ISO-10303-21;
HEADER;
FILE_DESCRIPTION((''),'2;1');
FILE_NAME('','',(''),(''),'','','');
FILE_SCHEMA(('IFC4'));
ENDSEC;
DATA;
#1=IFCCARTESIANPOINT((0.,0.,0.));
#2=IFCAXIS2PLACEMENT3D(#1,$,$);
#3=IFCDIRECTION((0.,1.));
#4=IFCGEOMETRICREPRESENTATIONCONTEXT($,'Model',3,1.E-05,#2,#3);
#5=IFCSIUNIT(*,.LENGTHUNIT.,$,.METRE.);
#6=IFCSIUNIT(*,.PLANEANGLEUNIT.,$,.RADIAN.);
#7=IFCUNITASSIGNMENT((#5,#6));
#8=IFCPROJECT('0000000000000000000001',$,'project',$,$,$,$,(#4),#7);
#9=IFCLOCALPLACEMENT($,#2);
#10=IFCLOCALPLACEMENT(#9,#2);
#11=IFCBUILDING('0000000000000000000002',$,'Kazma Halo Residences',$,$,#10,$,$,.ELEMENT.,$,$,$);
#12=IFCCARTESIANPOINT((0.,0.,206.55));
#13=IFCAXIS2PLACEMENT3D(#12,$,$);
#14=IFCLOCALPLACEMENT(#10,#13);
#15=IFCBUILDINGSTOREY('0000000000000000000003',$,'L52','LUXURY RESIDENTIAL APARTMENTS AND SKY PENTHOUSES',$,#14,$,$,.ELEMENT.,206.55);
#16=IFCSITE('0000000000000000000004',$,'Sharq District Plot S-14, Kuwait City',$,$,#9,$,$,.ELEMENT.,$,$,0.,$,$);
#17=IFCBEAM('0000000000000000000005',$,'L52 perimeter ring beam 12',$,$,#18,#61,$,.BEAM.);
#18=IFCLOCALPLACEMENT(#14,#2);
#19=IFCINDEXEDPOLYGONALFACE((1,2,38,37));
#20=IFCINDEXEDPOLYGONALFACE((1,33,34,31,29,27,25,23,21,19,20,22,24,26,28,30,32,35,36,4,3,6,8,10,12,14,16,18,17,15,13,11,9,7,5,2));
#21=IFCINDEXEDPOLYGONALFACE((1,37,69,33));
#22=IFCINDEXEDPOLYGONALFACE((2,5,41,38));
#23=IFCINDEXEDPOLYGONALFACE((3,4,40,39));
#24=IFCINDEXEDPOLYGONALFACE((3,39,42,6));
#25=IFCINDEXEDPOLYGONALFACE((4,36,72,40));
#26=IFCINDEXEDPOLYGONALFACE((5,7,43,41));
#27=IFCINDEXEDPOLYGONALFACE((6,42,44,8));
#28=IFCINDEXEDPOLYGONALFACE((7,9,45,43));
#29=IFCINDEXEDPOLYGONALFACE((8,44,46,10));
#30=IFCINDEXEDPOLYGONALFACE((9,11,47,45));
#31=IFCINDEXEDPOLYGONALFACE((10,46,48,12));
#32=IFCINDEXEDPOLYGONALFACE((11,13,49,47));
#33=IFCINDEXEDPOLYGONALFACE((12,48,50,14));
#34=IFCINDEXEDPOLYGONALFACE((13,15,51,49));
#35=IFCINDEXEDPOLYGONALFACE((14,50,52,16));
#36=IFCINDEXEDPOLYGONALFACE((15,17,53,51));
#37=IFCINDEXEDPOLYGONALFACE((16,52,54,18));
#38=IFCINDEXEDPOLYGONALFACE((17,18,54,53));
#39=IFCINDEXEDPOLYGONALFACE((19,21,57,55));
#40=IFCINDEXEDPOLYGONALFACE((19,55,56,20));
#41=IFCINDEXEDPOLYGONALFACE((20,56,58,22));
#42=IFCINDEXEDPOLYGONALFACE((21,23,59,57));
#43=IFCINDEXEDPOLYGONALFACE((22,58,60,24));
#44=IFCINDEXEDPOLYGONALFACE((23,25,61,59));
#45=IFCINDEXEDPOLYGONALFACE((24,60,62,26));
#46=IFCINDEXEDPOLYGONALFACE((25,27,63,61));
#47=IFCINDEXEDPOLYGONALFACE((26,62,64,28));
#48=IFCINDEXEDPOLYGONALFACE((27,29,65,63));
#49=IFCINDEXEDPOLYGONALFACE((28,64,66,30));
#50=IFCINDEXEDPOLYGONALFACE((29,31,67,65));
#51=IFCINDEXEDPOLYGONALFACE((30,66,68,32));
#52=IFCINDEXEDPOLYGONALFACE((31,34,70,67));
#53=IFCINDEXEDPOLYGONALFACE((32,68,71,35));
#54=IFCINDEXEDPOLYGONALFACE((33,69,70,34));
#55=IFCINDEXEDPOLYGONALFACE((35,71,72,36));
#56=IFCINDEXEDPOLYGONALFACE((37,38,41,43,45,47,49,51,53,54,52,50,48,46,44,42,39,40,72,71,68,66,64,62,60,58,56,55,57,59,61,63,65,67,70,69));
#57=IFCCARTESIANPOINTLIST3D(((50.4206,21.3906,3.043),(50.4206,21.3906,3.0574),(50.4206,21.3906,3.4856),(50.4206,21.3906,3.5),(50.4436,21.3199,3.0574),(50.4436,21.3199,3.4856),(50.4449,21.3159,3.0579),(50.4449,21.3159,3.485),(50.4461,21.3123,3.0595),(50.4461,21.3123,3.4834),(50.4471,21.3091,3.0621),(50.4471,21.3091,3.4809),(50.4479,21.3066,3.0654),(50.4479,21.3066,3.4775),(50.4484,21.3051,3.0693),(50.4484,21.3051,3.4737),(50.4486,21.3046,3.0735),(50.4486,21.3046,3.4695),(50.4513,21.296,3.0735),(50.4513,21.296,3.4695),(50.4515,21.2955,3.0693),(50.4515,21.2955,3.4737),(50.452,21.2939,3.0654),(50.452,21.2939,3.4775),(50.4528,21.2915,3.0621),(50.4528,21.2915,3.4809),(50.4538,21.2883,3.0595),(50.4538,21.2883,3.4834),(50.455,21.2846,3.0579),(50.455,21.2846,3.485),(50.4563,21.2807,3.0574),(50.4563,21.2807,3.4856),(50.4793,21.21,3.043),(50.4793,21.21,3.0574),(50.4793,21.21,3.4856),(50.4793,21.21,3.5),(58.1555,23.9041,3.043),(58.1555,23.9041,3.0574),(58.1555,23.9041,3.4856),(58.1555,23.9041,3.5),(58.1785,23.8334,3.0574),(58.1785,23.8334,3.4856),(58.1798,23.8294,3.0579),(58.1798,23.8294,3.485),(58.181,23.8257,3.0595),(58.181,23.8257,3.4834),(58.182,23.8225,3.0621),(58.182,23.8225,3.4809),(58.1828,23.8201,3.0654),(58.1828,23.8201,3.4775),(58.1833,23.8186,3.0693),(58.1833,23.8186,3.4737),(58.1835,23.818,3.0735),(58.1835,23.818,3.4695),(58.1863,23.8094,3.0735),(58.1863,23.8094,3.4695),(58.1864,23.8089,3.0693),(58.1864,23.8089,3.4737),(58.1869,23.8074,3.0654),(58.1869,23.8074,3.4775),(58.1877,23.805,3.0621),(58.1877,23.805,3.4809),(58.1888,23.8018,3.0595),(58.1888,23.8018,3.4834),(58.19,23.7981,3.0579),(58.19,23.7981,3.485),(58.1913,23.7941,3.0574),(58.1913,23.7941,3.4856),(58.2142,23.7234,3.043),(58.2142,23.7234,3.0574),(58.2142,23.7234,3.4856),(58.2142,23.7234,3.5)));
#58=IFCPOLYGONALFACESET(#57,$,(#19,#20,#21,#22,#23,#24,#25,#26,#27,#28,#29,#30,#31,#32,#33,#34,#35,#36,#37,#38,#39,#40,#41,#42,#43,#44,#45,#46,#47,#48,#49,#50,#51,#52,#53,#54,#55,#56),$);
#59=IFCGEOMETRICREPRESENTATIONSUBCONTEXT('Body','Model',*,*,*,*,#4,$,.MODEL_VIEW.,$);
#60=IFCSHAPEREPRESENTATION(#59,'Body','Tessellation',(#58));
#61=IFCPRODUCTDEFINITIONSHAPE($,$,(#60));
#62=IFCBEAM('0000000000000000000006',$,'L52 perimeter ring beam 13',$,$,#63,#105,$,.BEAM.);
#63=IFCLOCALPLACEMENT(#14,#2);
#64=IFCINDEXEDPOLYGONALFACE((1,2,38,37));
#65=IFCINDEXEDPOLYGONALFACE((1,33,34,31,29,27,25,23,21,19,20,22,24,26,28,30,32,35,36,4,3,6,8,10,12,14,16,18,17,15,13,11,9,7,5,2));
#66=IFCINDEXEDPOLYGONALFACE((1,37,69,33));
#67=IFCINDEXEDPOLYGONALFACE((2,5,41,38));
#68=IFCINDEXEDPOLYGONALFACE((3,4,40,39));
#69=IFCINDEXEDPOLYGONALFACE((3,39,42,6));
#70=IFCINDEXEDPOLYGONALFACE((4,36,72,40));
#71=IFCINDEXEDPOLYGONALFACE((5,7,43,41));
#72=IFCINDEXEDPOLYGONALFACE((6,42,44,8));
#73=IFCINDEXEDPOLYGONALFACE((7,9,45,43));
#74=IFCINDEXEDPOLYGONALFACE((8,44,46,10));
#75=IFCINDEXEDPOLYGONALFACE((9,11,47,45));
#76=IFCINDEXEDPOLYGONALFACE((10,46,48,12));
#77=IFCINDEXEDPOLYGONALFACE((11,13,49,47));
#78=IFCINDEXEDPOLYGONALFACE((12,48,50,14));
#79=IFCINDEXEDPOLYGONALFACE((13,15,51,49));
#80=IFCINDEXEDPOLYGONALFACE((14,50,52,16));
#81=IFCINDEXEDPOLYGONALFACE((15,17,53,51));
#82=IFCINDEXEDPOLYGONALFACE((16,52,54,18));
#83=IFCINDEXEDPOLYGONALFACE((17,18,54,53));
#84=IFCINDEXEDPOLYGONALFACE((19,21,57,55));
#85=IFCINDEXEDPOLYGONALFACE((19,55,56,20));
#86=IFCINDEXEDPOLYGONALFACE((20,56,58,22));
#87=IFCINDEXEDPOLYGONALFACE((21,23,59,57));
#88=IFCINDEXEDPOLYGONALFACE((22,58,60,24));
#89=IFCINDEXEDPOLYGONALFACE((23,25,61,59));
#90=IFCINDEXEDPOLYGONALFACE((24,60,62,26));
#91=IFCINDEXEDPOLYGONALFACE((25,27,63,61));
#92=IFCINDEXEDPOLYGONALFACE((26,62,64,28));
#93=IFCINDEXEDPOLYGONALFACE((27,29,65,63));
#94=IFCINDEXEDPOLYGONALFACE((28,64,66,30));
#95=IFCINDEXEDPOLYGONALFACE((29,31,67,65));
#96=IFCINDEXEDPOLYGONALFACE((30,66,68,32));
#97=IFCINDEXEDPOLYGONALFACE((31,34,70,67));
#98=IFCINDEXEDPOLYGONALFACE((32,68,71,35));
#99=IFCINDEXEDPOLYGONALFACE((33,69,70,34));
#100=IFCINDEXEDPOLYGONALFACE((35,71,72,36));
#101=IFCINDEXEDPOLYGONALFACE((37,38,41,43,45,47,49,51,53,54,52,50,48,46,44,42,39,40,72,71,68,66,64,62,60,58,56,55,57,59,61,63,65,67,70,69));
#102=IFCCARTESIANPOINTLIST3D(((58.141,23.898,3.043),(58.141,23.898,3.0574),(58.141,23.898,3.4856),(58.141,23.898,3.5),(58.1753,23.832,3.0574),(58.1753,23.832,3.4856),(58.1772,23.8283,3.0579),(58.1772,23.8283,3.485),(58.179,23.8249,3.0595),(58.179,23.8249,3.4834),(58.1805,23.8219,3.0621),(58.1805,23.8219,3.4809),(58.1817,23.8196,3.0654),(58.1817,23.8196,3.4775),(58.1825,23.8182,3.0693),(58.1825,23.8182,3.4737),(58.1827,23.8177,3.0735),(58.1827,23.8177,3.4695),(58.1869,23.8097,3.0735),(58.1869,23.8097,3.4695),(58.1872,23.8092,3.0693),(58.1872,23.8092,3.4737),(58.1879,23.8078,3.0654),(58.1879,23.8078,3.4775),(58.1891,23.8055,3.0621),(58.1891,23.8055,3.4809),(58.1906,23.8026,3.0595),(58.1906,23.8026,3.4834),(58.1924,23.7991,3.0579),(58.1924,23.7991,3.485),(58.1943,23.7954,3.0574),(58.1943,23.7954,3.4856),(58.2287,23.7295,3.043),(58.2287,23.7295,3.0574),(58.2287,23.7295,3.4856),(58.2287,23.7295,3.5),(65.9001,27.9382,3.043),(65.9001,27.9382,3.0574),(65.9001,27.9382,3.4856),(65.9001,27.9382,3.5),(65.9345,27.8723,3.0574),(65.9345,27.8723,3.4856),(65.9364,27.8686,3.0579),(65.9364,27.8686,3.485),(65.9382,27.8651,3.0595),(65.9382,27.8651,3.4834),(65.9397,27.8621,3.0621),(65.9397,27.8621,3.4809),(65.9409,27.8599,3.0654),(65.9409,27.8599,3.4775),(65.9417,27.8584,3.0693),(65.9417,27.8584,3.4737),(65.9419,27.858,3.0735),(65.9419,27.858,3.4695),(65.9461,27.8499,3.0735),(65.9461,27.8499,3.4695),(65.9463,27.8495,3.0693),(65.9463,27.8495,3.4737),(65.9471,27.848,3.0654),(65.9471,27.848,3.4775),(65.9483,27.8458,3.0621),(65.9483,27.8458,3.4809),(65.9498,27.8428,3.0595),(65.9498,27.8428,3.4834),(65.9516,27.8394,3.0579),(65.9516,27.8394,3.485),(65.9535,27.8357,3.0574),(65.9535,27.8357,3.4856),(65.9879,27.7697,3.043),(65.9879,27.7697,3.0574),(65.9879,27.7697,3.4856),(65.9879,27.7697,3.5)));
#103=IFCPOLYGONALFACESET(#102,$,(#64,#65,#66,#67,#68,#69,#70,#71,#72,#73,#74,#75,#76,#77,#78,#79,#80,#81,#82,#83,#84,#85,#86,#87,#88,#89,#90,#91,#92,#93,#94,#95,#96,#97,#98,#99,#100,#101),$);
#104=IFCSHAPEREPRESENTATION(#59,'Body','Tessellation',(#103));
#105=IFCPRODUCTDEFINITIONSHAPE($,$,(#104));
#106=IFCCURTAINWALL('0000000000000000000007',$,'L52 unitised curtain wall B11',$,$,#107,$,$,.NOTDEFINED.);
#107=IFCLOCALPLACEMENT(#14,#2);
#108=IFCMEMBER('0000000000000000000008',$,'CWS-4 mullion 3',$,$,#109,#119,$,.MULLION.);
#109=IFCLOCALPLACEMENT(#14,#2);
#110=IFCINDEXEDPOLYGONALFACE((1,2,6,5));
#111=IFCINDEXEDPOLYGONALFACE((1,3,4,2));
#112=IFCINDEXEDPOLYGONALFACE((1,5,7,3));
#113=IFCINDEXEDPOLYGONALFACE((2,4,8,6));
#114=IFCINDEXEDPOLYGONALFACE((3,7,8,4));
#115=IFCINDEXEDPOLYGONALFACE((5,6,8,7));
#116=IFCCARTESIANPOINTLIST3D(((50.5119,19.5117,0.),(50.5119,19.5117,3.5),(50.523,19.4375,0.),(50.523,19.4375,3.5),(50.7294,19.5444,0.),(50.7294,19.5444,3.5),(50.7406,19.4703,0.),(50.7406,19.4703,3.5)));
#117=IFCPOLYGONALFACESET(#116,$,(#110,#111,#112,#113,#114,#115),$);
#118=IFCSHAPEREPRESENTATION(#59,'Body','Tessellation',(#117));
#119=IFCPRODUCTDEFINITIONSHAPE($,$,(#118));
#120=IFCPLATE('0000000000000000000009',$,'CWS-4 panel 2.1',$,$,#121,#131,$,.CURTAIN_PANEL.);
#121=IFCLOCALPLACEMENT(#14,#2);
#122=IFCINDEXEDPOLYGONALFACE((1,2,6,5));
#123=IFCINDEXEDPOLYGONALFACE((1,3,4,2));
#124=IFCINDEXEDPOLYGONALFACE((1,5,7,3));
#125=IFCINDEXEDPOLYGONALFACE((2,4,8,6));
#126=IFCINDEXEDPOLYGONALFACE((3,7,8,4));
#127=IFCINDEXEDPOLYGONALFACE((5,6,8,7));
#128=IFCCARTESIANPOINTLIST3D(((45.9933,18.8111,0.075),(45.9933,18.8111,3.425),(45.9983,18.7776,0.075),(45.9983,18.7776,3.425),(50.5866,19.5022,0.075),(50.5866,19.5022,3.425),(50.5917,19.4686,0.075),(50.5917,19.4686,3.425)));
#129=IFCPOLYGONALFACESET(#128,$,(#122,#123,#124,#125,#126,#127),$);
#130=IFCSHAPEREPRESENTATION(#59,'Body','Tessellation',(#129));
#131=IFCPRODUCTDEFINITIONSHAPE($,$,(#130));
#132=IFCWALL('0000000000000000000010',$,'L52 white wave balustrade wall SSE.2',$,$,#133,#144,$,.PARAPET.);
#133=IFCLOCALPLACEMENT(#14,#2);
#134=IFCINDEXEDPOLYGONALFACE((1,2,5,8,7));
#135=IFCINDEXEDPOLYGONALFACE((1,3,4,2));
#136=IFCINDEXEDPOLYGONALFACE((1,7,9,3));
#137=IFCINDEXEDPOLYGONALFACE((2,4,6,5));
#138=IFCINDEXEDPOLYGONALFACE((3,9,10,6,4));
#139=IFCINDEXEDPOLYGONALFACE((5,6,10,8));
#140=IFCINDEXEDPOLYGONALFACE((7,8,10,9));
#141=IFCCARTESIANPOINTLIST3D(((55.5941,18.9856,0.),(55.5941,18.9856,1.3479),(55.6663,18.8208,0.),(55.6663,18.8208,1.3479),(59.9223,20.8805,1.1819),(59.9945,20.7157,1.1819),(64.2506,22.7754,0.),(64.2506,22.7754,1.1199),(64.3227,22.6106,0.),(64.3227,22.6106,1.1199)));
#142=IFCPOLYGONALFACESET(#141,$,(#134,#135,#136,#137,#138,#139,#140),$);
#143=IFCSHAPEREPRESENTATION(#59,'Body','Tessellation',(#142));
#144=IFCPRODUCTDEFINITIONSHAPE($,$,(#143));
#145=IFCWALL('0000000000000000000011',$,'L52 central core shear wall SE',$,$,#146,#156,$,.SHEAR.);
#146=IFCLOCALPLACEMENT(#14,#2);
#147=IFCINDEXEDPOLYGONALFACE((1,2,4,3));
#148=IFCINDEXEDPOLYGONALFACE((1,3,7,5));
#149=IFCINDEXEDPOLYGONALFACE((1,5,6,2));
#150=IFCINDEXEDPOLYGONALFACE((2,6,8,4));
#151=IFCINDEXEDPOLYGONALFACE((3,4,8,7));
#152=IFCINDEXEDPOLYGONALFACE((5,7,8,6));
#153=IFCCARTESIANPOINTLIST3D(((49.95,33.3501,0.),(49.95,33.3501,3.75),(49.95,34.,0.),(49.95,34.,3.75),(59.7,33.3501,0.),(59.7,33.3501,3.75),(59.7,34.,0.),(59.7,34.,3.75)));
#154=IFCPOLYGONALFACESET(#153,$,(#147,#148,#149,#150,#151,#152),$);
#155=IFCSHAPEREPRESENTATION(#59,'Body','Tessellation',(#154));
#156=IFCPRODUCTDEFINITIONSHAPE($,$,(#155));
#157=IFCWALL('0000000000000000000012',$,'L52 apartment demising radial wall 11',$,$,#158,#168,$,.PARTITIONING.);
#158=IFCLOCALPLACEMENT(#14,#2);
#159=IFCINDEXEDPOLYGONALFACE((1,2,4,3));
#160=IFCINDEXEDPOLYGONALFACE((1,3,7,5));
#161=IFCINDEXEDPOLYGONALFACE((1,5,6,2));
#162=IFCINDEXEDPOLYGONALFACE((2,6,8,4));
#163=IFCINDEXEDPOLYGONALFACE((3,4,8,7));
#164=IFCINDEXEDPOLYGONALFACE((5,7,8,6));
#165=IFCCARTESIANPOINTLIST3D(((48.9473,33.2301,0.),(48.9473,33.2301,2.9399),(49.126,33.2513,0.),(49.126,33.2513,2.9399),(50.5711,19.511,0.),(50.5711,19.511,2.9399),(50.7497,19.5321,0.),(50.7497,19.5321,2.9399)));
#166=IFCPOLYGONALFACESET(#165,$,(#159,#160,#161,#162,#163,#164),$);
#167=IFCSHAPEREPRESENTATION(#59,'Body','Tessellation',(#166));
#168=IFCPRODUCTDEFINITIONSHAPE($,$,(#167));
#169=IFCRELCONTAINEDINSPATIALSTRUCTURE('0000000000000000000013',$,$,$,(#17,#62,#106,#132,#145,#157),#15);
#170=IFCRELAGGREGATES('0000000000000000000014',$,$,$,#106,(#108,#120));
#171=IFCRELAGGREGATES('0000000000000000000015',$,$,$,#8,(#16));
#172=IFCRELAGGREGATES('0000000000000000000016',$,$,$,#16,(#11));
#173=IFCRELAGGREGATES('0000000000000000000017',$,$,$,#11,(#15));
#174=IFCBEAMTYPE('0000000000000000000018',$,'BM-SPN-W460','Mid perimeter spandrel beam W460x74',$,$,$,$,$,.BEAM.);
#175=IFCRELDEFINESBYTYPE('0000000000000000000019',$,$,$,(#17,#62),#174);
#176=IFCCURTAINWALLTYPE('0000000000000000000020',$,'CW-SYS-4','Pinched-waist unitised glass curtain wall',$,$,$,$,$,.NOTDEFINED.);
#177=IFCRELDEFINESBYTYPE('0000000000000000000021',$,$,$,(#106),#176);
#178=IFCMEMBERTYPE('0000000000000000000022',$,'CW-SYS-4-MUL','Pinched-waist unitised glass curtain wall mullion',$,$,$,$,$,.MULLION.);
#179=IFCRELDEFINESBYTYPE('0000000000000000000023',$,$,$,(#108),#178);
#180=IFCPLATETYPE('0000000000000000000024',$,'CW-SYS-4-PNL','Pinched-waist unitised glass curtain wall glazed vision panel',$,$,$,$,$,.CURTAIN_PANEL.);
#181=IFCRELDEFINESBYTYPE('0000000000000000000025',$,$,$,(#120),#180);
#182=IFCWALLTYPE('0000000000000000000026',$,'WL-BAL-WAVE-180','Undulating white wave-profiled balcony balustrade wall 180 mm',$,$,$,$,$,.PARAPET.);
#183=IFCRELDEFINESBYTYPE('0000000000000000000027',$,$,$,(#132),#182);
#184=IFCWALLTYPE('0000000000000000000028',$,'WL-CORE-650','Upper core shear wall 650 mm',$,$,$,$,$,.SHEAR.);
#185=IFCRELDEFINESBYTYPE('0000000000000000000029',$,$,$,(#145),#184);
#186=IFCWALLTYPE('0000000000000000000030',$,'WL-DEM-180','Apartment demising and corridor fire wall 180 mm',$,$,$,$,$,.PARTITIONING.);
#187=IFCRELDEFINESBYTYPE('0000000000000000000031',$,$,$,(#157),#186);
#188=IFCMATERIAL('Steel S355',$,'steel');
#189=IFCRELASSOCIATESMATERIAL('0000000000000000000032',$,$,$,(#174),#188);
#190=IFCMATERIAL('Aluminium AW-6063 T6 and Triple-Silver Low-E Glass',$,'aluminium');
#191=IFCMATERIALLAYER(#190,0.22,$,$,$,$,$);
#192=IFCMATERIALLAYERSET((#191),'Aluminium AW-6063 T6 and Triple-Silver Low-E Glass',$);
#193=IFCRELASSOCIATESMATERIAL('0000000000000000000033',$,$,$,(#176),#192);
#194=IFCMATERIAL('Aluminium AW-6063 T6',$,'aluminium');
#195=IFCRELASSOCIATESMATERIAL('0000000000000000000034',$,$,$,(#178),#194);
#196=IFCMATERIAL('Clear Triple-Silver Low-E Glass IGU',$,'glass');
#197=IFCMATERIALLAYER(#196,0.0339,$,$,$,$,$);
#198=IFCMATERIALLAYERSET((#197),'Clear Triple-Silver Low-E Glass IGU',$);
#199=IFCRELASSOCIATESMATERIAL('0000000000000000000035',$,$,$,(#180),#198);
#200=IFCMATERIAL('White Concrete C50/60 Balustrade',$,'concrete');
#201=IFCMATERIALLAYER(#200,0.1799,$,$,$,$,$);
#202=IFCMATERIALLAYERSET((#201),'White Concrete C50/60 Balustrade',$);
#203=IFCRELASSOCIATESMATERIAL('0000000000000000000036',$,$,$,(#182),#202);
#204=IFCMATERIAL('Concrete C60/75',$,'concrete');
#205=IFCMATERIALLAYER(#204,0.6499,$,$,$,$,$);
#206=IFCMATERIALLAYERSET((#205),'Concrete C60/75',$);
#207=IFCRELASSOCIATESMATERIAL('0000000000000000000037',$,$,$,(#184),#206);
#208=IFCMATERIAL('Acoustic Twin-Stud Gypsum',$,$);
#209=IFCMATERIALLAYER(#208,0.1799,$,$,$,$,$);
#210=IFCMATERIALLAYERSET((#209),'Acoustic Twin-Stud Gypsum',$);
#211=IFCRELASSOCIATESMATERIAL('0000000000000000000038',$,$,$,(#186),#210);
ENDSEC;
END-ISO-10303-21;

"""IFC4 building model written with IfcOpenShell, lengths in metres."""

from ifc_helpers import new_model, si_unit, direction, frame, frame_2d, origin, origin_2d, place, context, subcontext, project, spatial, polyline, rectangle, i_section, outline, extrude, material, layer, layer_set, material_profile, profile_set, type_object, element, aggregate, save


model = new_model("IFC4")

# Units and contexts
model_context = context("Model", 3, precision=1e-05, world=origin(), true_north=direction((0.0, 1.0)))
body_context = subcontext(model_context, "Body", "Model", "MODEL_VIEW")
ifc_project = project(units=[si_unit("LENGTHUNIT", "METRE"), si_unit("PLANEANGLEUNIT", "RADIAN")], contexts=[model_context])

# Site, building, storey
site_placement = place(None, origin())
site = spatial("IfcSite", under=ifc_project, at=site_placement, Name="Sharq District Plot S-14, Kuwait City", CompositionType="ELEMENT", RefElevation=0.0)
building_placement = place(site_placement, origin())
building = spatial("IfcBuilding", under=site, at=building_placement, Name="Kazma Halo Residences", CompositionType="ELEMENT")
storey_placement = place(building_placement, frame((0.0, 0.0, 206.55)))
storey = spatial("IfcBuildingStorey", under=building, at=storey_placement, Name="L52", Description="LUXURY RESIDENTIAL APARTMENTS AND SKY PENTHOUSES", CompositionType="ELEMENT", Elevation=206.55)

# Beams
ifc_material_1 = material(Name="Steel S355", Category="steel")
ifc_material_profile_1 = material_profile(ifc_material_1, i_section(OverallWidth=0.1899, OverallDepth=0.457, WebThickness=0.009, FlangeThickness=0.0144, FilletRadius=0.0161, at=origin_2d()), Name="W460x74")
ifc_profile_set_1 = profile_set([ifc_material_profile_1], Name="Steel S355")
beam_type_1 = type_object("IfcBeamType", Name="BM-SPN-W460", Description="Mid perimeter spandrel beam W460x74", PredefinedType="BEAM", material=ifc_profile_set_1)
beam_1_placement = place(storey_placement, frame((50.45, 21.3003, 3.2715), z_axis=(0.951049, 0.309041, 0.0), x_axis=(-0.309041, 0.951049, 0.0)))
element("IfcBeam", 1, at=beam_1_placement, inside=storey, type_object=beam_type_1, Name="L52 perimeter ring beam 12", PredefinedType="BEAM", context=body_context, shape_type="SweptSolid", body=[
    extrude(i_section(OverallWidth=0.1899, OverallDepth=0.457, WebThickness=0.009, FlangeThickness=0.0144, FilletRadius=0.0161, at=origin_2d()), origin(), (0.0, 0.0, 1.0), 8.1331),
])
beam_2_placement = place(storey_placement, frame((58.1848, 23.8137, 3.2715), z_axis=(0.886961, 0.461844, 0.0), x_axis=(-0.461844, 0.886961, 0.0)))
element("IfcBeam", 2, at=beam_2_placement, inside=storey, type_object=beam_type_1, Name="L52 perimeter ring beam 13", PredefinedType="BEAM", context=body_context, shape_type="SweptSolid", body=[
    extrude(i_section(OverallWidth=0.1899, OverallDepth=0.457, WebThickness=0.009, FlangeThickness=0.0144, FilletRadius=0.0161, at=origin_2d()), origin(), (0.0, 0.0, 1.0), 8.748),
])

# Curtain wall, member, plate
ifc_material_2 = material(Name="Aluminium AW-6063 T6 and Triple-Silver Low-E Glass", Category="aluminium")
ifc_layer_1 = layer(ifc_material_2, 0.22)
ifc_layer_set_1 = layer_set([ifc_layer_1], Name="Aluminium AW-6063 T6 and Triple-Silver Low-E Glass")
curtain_wall_type = type_object("IfcCurtainWallType", Name="CW-SYS-4", Description="Pinched-waist unitised glass curtain wall", PredefinedType="NOTDEFINED", material=ifc_layer_set_1)
curtain_wall_placement = place(storey_placement, origin())
curtain_wall = element("IfcCurtainWall", 3, at=curtain_wall_placement, inside=storey, type_object=curtain_wall_type, Name="L52 unitised curtain wall B11", PredefinedType="NOTDEFINED")
ifc_material_3 = material(Name="Aluminium AW-6063 T6", Category="aluminium")
ifc_material_profile_2 = material_profile(ifc_material_3, rectangle(XDim=0.075, YDim=0.22, at=origin_2d()), Name="CWM-75x220")
ifc_profile_set_2 = profile_set([ifc_material_profile_2], Name="Aluminium AW-6063 T6")
member_type = type_object("IfcMemberType", Name="CW-SYS-4-MUL", Description="Pinched-waist unitised glass curtain wall mullion", PredefinedType="MULLION", material=ifc_profile_set_2)
member_placement = place(storey_placement, frame((50.6262, 19.491, 0.0), z_axis=(0.0, 0.0, 1.0), x_axis=(-0.148773, 0.988871, 0.0)))
member = element("IfcMember", 4, at=member_placement, type_object=member_type, Name="CWS-4 mullion 3", PredefinedType="MULLION", context=body_context, shape_type="SweptSolid", body=[
    extrude(rectangle(XDim=0.075, YDim=0.22, at=origin_2d()), origin(), (0.0, 0.0, 1.0), 3.5),
])
ifc_material_4 = material(Name="Clear Triple-Silver Low-E Glass IGU", Category="glass")
ifc_layer_2 = layer(ifc_material_4, 0.0339)
ifc_layer_set_2 = layer_set([ifc_layer_2], Name="Clear Triple-Silver Low-E Glass IGU")
plate_type = type_object("IfcPlateType", Name="CW-SYS-4-PNL", Description="Pinched-waist unitised glass curtain wall glazed vision panel", PredefinedType="CURTAIN_PANEL", material=ifc_layer_set_2)
plate_placement = place(storey_placement, frame((48.2925, 19.1399, 0.075), z_axis=(0.0, 0.0, 1.0), x_axis=(0.988871, 0.148773, 0.0)))
plate = element("IfcPlate", 5, at=plate_placement, type_object=plate_type, Name="CWS-4 panel 2.1", PredefinedType="CURTAIN_PANEL", context=body_context, shape_type="SweptSolid", body=[
    extrude(rectangle(XDim=4.645, YDim=0.0339, at=origin_2d()), origin(), (0.0, 0.0, 1.0), 3.3501),
])
aggregate(curtain_wall, [member, plate])

# Walls
ifc_material_5 = material(Name="White Concrete C50/60 Balustrade", Category="concrete")
ifc_layer_3 = layer(ifc_material_5, 0.1799)
ifc_layer_set_3 = layer_set([ifc_layer_3], Name="White Concrete C50/60 Balustrade")
wall_type_1 = type_object("IfcWallType", Name="WL-BAL-WAVE-180", Description="Undulating white wave-profiled balcony balustrade wall 180 mm", PredefinedType="PARAPET", material=ifc_layer_set_3)
wall_1_placement = place(storey_placement, frame((55.6301, 18.9033, 0.0), z_axis=(0.0, 0.0, 1.0), x_axis=(0.916057, 0.401048, 0.0)))
element("IfcWall", 6, at=wall_1_placement, inside=storey, type_object=wall_type_1, Name="L52 white wave balustrade wall SSE.2", PredefinedType="PARAPET", context=body_context, shape_type="SweptSolid", body=[
    extrude(outline(polyline([(0.0, 0.0), (9.4497, 0.0), (9.4497, 1.1199), (4.7249, 1.1819), (0.0, 1.3479), (0.0, 0.0)])), frame((0.0, 0.0898, 0.0), z_axis=(0.0, -1.0, 0.0), x_axis=(1.0, 0.0, 0.0)), (0.0, 0.0, 1.0), 0.1799),
])
ifc_material_6 = material(Name="Concrete C60/75", Category="concrete")
ifc_layer_4 = layer(ifc_material_6, 0.6499)
ifc_layer_set_4 = layer_set([ifc_layer_4], Name="Concrete C60/75")
wall_type_2 = type_object("IfcWallType", Name="WL-CORE-650", Description="Upper core shear wall 650 mm", PredefinedType="SHEAR", material=ifc_layer_set_4)
wall_2_placement = place(storey_placement, frame((49.95, 33.675, 0.0), z_axis=(0.0, 0.0, 1.0), x_axis=(1.0, 0.0, 0.0)))
element("IfcWall", 7, at=wall_2_placement, inside=storey, type_object=wall_type_2, Name="L52 central core shear wall SE", PredefinedType="SHEAR", context=body_context, shape_type="SweptSolid", body=[
    extrude(rectangle(XDim=9.75, YDim=0.6499, at=frame_2d((4.875, 0.0))), origin(), (0.0, 0.0, 1.0), 3.75),
])
ifc_material_7 = material(Name="Acoustic Twin-Stud Gypsum")
ifc_layer_5 = layer(ifc_material_7, 0.1799)
ifc_layer_set_5 = layer_set([ifc_layer_5], Name="Acoustic Twin-Stud Gypsum")
wall_type_3 = type_object("IfcWallType", Name="WL-DEM-180", Description="Apartment demising and corridor fire wall 180 mm", PredefinedType="PARTITIONING", material=ifc_layer_set_5)
wall_3_placement = place(storey_placement, frame((49.0366, 33.2407, 0.0), z_axis=(0.0, 0.0, 1.0), x_axis=(0.117537, -0.993068, 0.0)))
element("IfcWall", 8, at=wall_3_placement, inside=storey, type_object=wall_type_3, Name="L52 apartment demising radial wall 11", PredefinedType="PARTITIONING", context=body_context, shape_type="SweptSolid", body=[
    extrude(rectangle(XDim=13.8149, YDim=0.1799, at=frame_2d((6.9075, 0.0))), origin(), (0.0, 0.0, 1.0), 2.9399),
])

save(model, "model.ifc")
